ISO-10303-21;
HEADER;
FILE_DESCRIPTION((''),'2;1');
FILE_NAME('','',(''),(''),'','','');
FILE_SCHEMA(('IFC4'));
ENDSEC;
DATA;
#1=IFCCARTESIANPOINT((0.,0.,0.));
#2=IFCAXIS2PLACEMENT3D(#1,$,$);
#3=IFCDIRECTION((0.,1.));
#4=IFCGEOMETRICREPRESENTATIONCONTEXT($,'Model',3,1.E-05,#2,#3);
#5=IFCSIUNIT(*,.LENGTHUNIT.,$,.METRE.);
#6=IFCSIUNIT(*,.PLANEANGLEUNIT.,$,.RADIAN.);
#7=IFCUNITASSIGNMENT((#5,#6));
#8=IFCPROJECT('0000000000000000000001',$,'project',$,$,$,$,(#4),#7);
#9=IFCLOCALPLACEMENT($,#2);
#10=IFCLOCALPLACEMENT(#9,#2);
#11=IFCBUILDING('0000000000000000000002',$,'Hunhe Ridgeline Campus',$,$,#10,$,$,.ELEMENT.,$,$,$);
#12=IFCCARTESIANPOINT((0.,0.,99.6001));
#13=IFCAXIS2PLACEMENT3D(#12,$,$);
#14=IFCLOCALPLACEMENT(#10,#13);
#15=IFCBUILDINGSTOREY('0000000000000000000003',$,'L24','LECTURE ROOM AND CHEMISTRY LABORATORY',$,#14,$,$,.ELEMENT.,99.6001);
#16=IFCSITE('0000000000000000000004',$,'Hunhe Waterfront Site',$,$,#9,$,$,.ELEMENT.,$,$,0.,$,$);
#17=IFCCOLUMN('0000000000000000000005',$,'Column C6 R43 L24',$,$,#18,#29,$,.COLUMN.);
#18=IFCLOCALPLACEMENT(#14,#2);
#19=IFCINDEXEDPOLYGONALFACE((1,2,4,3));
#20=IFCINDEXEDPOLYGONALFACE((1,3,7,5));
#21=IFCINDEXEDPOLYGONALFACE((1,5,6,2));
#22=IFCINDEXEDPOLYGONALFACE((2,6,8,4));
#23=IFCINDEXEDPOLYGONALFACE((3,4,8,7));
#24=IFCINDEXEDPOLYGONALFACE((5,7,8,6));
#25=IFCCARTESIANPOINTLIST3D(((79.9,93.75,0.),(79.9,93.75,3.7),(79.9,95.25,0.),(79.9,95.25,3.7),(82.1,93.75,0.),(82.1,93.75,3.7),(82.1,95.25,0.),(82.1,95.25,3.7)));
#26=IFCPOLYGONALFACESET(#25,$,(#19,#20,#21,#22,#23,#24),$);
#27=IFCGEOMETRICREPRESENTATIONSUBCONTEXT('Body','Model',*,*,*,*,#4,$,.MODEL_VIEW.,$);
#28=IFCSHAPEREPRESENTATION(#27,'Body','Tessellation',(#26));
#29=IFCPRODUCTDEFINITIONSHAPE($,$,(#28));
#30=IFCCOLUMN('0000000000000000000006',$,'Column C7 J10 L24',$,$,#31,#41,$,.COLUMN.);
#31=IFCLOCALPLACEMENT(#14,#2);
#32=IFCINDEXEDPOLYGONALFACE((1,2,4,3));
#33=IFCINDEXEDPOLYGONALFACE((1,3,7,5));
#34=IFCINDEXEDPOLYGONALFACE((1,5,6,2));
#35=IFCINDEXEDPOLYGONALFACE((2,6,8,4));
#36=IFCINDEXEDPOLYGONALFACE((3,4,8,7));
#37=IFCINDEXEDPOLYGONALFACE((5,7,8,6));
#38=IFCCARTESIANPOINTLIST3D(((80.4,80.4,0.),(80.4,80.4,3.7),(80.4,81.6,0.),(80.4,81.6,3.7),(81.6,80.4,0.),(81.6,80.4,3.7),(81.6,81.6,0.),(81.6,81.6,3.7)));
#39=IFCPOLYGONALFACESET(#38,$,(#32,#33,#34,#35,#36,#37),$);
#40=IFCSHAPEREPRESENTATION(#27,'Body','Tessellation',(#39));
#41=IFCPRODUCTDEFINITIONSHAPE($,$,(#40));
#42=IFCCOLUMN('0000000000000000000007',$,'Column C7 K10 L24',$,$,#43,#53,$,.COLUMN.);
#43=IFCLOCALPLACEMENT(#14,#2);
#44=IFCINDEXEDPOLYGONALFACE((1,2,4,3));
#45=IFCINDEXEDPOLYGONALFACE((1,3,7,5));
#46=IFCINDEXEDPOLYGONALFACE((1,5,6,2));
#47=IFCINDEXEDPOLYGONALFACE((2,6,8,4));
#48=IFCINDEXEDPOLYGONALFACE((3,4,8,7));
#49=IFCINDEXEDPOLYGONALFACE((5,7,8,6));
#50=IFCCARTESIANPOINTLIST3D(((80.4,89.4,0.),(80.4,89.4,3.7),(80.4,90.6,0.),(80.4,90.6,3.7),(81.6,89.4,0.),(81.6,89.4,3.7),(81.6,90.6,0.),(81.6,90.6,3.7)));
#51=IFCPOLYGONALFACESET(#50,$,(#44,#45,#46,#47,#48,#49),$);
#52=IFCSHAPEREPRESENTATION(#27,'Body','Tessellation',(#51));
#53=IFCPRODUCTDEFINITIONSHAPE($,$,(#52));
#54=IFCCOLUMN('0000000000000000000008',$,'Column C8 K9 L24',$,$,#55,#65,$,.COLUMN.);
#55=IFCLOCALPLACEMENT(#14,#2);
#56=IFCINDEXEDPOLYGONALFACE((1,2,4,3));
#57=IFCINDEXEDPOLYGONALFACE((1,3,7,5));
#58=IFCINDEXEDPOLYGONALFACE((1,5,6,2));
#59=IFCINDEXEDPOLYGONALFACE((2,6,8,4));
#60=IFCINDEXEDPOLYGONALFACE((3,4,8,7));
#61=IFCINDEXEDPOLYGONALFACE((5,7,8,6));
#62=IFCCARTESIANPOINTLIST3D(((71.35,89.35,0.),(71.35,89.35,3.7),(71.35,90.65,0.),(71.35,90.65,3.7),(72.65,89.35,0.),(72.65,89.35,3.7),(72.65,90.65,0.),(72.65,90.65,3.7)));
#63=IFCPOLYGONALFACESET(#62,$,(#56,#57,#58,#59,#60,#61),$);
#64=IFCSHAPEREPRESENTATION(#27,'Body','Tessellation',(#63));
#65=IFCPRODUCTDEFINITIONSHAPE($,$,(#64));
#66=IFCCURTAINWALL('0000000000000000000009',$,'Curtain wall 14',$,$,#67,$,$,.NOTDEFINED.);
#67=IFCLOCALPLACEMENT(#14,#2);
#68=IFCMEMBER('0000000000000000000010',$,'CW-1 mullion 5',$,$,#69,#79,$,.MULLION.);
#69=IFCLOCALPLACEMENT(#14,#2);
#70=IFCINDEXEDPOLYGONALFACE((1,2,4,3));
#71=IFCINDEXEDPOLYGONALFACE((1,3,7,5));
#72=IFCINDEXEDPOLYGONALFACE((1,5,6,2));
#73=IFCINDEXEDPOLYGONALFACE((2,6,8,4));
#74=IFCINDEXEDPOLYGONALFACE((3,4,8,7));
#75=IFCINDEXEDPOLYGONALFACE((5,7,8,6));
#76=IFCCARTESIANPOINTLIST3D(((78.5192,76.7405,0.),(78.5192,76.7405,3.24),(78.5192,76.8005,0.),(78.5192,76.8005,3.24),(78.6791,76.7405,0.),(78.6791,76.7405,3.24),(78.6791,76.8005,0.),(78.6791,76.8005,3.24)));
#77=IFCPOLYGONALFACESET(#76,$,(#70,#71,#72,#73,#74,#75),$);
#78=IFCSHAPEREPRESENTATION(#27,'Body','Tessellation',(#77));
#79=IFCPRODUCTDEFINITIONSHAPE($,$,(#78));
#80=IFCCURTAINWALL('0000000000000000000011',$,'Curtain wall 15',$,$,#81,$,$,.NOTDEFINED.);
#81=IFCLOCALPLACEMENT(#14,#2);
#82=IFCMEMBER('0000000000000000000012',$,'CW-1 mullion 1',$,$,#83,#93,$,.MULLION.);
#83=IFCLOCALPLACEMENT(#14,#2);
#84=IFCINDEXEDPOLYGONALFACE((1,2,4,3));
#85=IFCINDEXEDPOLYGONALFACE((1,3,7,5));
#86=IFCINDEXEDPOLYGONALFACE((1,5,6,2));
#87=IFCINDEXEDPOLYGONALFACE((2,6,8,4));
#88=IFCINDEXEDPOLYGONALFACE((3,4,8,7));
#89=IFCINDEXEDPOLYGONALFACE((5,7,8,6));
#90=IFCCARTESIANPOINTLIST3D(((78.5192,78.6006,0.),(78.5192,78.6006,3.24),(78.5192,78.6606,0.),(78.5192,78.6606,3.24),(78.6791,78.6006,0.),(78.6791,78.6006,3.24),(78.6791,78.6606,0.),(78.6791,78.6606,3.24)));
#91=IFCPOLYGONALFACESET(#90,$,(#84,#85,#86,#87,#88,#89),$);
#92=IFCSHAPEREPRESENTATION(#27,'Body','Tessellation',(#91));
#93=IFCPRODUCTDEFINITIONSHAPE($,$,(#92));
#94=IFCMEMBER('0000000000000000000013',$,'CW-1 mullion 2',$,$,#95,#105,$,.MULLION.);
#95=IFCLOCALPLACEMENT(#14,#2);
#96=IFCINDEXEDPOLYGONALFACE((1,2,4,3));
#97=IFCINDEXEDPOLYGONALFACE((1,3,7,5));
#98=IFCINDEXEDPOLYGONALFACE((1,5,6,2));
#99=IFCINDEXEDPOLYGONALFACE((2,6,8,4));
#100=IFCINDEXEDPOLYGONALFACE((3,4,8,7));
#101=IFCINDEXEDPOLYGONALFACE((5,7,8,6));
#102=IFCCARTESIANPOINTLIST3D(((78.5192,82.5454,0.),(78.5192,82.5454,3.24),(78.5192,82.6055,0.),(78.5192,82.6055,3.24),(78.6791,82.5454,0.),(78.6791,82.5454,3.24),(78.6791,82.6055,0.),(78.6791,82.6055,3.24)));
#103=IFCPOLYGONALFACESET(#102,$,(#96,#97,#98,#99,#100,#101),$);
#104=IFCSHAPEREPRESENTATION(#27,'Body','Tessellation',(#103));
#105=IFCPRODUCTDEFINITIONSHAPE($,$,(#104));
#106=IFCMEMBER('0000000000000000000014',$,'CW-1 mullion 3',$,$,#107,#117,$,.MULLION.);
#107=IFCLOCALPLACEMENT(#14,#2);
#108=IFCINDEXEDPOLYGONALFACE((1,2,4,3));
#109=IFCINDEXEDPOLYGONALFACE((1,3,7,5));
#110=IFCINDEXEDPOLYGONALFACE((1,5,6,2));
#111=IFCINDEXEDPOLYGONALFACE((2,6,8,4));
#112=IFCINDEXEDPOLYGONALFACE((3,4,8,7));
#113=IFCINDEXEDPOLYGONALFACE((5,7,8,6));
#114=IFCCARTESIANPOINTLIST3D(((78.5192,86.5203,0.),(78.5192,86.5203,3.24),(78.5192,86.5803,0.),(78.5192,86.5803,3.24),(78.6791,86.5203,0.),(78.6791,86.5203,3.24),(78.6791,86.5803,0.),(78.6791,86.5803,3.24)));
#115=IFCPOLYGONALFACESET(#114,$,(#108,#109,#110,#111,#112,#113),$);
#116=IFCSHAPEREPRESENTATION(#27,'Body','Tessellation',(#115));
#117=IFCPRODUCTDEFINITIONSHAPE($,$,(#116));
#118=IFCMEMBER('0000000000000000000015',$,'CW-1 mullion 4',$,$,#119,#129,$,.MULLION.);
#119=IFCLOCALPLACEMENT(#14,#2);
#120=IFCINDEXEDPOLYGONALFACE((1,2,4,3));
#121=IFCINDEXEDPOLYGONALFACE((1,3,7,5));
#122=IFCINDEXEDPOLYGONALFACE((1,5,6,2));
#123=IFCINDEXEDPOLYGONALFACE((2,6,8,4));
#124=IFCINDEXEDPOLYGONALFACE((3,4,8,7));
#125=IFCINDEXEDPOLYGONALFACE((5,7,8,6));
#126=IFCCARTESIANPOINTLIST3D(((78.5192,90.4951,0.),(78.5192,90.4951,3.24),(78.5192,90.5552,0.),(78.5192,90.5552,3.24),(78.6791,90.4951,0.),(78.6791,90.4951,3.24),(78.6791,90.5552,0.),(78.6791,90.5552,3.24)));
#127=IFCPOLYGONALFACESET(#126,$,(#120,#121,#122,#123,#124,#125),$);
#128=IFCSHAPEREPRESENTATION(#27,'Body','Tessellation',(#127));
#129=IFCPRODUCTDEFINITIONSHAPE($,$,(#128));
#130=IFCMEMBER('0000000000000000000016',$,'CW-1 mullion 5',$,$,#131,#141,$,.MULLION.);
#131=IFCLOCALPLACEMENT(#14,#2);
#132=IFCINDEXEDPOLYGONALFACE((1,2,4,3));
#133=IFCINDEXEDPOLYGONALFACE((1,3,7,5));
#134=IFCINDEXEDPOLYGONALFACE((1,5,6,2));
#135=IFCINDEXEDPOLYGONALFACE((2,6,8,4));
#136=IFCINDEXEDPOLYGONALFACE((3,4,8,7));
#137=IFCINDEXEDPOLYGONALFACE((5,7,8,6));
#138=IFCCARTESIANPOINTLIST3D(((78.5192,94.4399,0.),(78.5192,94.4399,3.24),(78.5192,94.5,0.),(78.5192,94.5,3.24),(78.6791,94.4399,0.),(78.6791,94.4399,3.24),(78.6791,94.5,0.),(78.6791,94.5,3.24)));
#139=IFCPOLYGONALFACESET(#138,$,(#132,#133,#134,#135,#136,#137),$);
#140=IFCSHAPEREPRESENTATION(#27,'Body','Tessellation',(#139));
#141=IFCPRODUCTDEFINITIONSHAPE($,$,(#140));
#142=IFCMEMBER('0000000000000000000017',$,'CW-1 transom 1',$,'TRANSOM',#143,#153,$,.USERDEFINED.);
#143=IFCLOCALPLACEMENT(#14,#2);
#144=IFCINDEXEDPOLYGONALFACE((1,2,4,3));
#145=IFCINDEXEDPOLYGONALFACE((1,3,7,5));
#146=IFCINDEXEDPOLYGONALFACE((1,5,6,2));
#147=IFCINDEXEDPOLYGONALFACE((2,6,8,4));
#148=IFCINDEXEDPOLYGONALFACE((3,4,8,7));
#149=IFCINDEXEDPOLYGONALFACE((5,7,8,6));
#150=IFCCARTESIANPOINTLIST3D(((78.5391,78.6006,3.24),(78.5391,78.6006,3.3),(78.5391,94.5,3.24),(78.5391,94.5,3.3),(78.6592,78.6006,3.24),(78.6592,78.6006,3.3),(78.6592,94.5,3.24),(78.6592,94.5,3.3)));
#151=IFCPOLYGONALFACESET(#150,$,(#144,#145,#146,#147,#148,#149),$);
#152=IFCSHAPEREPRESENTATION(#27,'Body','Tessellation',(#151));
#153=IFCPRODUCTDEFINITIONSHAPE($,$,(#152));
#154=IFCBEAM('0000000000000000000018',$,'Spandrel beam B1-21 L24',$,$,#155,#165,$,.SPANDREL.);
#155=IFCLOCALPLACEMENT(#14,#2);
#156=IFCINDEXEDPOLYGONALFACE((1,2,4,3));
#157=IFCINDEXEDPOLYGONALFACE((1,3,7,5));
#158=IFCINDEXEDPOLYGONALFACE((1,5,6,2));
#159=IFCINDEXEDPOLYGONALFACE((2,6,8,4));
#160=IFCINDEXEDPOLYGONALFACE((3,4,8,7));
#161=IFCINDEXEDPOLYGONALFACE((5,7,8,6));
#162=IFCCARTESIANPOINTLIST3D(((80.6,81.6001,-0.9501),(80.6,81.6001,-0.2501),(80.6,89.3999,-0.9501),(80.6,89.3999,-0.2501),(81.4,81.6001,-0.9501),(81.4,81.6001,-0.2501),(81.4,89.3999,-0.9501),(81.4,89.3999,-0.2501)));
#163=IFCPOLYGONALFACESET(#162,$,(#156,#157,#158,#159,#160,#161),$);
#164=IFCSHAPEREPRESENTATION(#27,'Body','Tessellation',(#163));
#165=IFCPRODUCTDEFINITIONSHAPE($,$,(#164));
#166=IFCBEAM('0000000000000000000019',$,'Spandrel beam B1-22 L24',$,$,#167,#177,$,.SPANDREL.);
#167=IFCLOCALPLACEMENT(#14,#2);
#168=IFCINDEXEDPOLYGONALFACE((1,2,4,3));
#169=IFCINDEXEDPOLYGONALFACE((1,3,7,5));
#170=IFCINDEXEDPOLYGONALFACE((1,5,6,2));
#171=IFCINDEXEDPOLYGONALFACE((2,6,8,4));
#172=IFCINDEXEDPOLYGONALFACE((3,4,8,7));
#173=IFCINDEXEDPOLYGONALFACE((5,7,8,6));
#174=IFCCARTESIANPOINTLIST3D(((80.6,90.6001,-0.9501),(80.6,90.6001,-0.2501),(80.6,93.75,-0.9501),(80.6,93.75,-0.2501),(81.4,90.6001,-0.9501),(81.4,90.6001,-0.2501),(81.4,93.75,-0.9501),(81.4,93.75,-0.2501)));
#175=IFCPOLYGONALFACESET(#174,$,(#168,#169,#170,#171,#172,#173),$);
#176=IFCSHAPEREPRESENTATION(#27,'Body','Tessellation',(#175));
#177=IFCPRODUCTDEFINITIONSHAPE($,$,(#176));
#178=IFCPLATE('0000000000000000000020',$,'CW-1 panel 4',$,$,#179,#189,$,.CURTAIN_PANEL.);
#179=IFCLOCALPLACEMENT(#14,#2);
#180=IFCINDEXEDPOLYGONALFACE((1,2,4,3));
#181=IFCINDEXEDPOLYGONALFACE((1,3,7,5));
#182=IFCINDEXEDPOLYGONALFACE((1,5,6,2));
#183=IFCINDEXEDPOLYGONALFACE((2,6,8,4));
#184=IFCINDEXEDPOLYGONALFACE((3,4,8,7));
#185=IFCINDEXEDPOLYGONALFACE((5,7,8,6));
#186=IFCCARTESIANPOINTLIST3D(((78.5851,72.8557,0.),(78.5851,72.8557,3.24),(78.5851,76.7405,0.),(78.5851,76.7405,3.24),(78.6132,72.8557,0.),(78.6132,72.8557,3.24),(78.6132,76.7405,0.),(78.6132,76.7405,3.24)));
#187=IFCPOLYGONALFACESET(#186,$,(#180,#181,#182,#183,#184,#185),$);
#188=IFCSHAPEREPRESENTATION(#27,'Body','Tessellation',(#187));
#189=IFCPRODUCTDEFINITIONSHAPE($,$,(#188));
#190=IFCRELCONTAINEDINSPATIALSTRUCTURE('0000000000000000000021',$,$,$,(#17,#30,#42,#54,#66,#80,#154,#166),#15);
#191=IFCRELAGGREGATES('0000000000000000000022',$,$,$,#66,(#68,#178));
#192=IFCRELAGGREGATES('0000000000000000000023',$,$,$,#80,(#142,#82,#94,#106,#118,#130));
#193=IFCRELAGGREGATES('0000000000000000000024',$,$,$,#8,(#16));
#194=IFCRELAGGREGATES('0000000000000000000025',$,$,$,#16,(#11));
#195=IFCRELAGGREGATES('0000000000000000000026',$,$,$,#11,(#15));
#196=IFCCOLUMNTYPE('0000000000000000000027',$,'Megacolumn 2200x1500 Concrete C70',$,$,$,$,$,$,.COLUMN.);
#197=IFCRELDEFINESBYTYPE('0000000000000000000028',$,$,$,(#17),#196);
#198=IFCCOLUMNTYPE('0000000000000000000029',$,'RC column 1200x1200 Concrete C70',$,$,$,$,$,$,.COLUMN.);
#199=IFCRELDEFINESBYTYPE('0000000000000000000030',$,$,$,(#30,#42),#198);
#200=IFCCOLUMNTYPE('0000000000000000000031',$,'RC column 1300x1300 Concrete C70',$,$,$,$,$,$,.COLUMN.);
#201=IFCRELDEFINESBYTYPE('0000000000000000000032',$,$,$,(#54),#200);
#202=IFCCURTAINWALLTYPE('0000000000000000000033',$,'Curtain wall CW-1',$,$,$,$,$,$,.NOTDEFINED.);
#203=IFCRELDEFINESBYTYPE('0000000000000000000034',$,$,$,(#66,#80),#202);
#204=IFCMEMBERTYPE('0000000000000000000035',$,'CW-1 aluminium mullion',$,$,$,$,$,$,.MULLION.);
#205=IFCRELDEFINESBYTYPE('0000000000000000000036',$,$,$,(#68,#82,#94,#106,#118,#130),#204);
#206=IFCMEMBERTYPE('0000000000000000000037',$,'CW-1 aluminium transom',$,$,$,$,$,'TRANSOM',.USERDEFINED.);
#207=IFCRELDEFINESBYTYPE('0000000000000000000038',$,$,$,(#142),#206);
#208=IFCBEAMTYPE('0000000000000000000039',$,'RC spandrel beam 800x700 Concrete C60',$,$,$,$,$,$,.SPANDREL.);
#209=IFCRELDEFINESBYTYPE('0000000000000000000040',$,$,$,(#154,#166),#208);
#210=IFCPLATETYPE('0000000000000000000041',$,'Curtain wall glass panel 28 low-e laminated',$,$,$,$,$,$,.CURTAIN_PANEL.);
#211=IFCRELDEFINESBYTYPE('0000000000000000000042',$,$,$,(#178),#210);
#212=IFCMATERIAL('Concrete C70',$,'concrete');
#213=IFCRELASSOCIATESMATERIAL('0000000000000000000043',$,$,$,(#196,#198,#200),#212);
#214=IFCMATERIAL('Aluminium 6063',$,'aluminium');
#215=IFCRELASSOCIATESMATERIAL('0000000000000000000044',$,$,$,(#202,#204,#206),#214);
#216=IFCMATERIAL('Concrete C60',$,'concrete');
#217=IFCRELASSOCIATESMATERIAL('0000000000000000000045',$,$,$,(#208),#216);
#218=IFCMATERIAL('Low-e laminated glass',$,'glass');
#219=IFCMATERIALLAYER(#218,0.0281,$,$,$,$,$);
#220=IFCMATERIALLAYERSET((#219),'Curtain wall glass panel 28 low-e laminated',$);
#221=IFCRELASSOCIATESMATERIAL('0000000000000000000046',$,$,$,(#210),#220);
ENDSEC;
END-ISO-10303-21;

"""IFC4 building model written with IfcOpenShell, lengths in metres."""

from ifc_helpers import new_model, si_unit, direction, frame, origin, origin_2d, place, context, subcontext, project, spatial, rectangle, extrude, material, layer, layer_set, material_profile, profile_set, type_object, element, aggregate, save


model = new_model("IFC4")

# Units and contexts
model_context = context("Model", 3, precision=1e-05, world=origin(), true_north=direction((0.0, 1.0)))
body_context = subcontext(model_context, "Body", "Model", "MODEL_VIEW")
ifc_project = project(units=[si_unit("LENGTHUNIT", "METRE"), si_unit("PLANEANGLEUNIT", "RADIAN")], contexts=[model_context])

# Site, building, storey
site_placement = place(None, origin())
site = spatial("IfcSite", under=ifc_project, at=site_placement, Name="Hunhe Waterfront Site", CompositionType="ELEMENT", RefElevation=0.0)
building_placement = place(site_placement, origin())
building = spatial("IfcBuilding", under=site, at=building_placement, Name="Hunhe Ridgeline Campus", CompositionType="ELEMENT")
storey_placement = place(building_placement, frame((0.0, 0.0, 99.6001)))
storey = spatial("IfcBuildingStorey", under=building, at=storey_placement, Name="L24", Description="LECTURE ROOM AND CHEMISTRY LABORATORY", CompositionType="ELEMENT", Elevation=99.6001)

# Columns
ifc_material_1 = material(Name="Concrete C70", Category="concrete")
ifc_material_profile_1 = material_profile(ifc_material_1, rectangle(XDim=2.2, YDim=1.5, at=origin_2d()))
ifc_profile_set_1 = profile_set([ifc_material_profile_1], Name="Concrete C70")
column_type_1 = type_object("IfcColumnType", Name="Megacolumn 2200x1500 Concrete C70", PredefinedType="COLUMN", material=ifc_profile_set_1)
column_1_placement = place(storey_placement, frame((81.0, 94.5, 0.0), z_axis=(0.0, 0.0, 1.0), x_axis=(1.0, 0.0, 0.0)))
element("IfcColumn", 1, at=column_1_placement, inside=storey, type_object=column_type_1, Name="Column C6 R43 L24", PredefinedType="COLUMN", context=body_context, shape_type="SweptSolid", body=[
    extrude(rectangle(XDim=2.2, YDim=1.5, at=origin_2d()), origin(), (0.0, 0.0, 1.0), 3.7),
])
ifc_material_profile_2 = material_profile(ifc_material_1, rectangle(XDim=1.2, YDim=1.2, at=origin_2d()))
ifc_profile_set_2 = profile_set([ifc_material_profile_2], Name="Concrete C70")
column_type_2 = type_object("IfcColumnType", Name="RC column 1200x1200 Concrete C70", PredefinedType="COLUMN", material=ifc_profile_set_2)
for number, where, z_axis, x_axis, name in (
    (2, (81.0, 81.0, 0.0), (0.0, 0.0, 1.0), (1.0, 0.0, 0.0), "Column C7 J10 L24"),
    (3, (81.0, 90.0, 0.0), (0.0, 0.0, 1.0), (1.0, 0.0, 0.0), "Column C7 K10 L24"),
):
    element("IfcColumn", number, at=place(storey_placement, frame(where, z_axis=z_axis, x_axis=x_axis)), inside=storey, type_object=column_type_2, Name=name, PredefinedType="COLUMN", context=body_context, shape_type="SweptSolid", body=[
        extrude(rectangle(XDim=1.2, YDim=1.2, at=origin_2d()), origin(), (0.0, 0.0, 1.0), 3.7),
    ])
ifc_material_profile_3 = material_profile(ifc_material_1, rectangle(XDim=1.3, YDim=1.3, at=origin_2d()))
ifc_profile_set_3 = profile_set([ifc_material_profile_3], Name="Concrete C70")
column_type_3 = type_object("IfcColumnType", Name="RC column 1300x1300 Concrete C70", PredefinedType="COLUMN", material=ifc_profile_set_3)
column_2_placement = place(storey_placement, frame((72.0, 90.0, 0.0), z_axis=(0.0, 0.0, 1.0), x_axis=(1.0, 0.0, 0.0)))
element("IfcColumn", 4, at=column_2_placement, inside=storey, type_object=column_type_3, Name="Column C8 K9 L24", PredefinedType="COLUMN", context=body_context, shape_type="SweptSolid", body=[
    extrude(rectangle(XDim=1.3, YDim=1.3, at=origin_2d()), origin(), (0.0, 0.0, 1.0), 3.7),
])

# Curtain wall, member
ifc_material_2 = material(Name="Aluminium 6063", Category="aluminium")
curtain_wall_type = type_object("IfcCurtainWallType", Name="Curtain wall CW-1", PredefinedType="NOTDEFINED", material=ifc_material_2)
curtain_wall_1_placement = place(storey_placement, origin())
curtain_wall_1 = element("IfcCurtainWall", 5, at=curtain_wall_1_placement, inside=storey, type_object=curtain_wall_type, Name="Curtain wall 14", PredefinedType="NOTDEFINED")
ifc_material_profile_4 = material_profile(ifc_material_2, rectangle(XDim=0.1599, YDim=0.0601, at=origin_2d()))
ifc_profile_set_4 = profile_set([ifc_material_profile_4], Name="Aluminium 6063")
member_type_1 = type_object("IfcMemberType", Name="CW-1 aluminium mullion", PredefinedType="MULLION", material=ifc_profile_set_4)
member_1_placement = place(storey_placement, frame((78.5991, 76.7705, 0.0), z_axis=(0.0, 0.0, 1.0), x_axis=(-1.0, 0.0, 0.0)))
member_1 = element("IfcMember", 6, at=member_1_placement, type_object=member_type_1, Name="CW-1 mullion 5", PredefinedType="MULLION", context=body_context, shape_type="SweptSolid", body=[
    extrude(rectangle(XDim=0.1599, YDim=0.0601, at=origin_2d()), origin(), (0.0, 0.0, 1.0), 3.24),
])

# Curtain wall, members
curtain_wall_2_placement = place(storey_placement, origin())
curtain_wall_2 = element("IfcCurtainWall", 7, at=curtain_wall_2_placement, inside=storey, type_object=curtain_wall_type, Name="Curtain wall 15", PredefinedType="NOTDEFINED")
member_2_placement = place(storey_placement, frame((78.5991, 78.6306, 0.0), z_axis=(0.0, 0.0, 1.0), x_axis=(-1.0, 0.0, 0.0)))
member_2 = element("IfcMember", 8, at=member_2_placement, type_object=member_type_1, Name="CW-1 mullion 1", PredefinedType="MULLION", context=body_context, shape_type="SweptSolid", body=[
    extrude(rectangle(XDim=0.1599, YDim=0.0601, at=origin_2d()), origin(), (0.0, 0.0, 1.0), 3.24),
])
member_3_placement = place(storey_placement, frame((78.5991, 82.5754, 0.0), z_axis=(0.0, 0.0, 1.0), x_axis=(-1.0, 0.0, 0.0)))
member_3 = element("IfcMember", 9, at=member_3_placement, type_object=member_type_1, Name="CW-1 mullion 2", PredefinedType="MULLION", context=body_context, shape_type="SweptSolid", body=[
    extrude(rectangle(XDim=0.1599, YDim=0.0601, at=origin_2d()), origin(), (0.0, 0.0, 1.0), 3.24),
])
member_4_placement = place(storey_placement, frame((78.5991, 86.5503, 0.0), z_axis=(0.0, 0.0, 1.0), x_axis=(-1.0, 0.0, 0.0)))
member_4 = element("IfcMember", 10, at=member_4_placement, type_object=member_type_1, Name="CW-1 mullion 3", PredefinedType="MULLION", context=body_context, shape_type="SweptSolid", body=[
    extrude(rectangle(XDim=0.1599, YDim=0.0601, at=origin_2d()), origin(), (0.0, 0.0, 1.0), 3.24),
])
member_5_placement = place(storey_placement, frame((78.5991, 90.5251, 0.0), z_axis=(0.0, 0.0, 1.0), x_axis=(-1.0, 0.0, 0.0)))
member_5 = element("IfcMember", 11, at=member_5_placement, type_object=member_type_1, Name="CW-1 mullion 4", PredefinedType="MULLION", context=body_context, shape_type="SweptSolid", body=[
    extrude(rectangle(XDim=0.1599, YDim=0.0601, at=origin_2d()), origin(), (0.0, 0.0, 1.0), 3.24),
])
member_6_placement = place(storey_placement, frame((78.5991, 94.47, 0.0), z_axis=(0.0, 0.0, 1.0), x_axis=(-1.0, 0.0, 0.0)))
member_6 = element("IfcMember", 12, at=member_6_placement, type_object=member_type_1, Name="CW-1 mullion 5", PredefinedType="MULLION", context=body_context, shape_type="SweptSolid", body=[
    extrude(rectangle(XDim=0.1599, YDim=0.0601, at=origin_2d()), origin(), (0.0, 0.0, 1.0), 3.24),
])
ifc_material_profile_5 = material_profile(ifc_material_2, rectangle(XDim=0.1201, YDim=0.0601, at=origin_2d()))
ifc_profile_set_5 = profile_set([ifc_material_profile_5], Name="Aluminium 6063")
member_type_2 = type_object("IfcMemberType", Name="CW-1 aluminium transom", ElementType="TRANSOM", PredefinedType="USERDEFINED", material=ifc_profile_set_5)
member_7_placement = place(storey_placement, frame((78.5991, 78.6006, 3.27), z_axis=(0.0, 1.0, 0.0), x_axis=(-1.0, 0.0, 0.0)))
member_7 = element("IfcMember", 13, at=member_7_placement, type_object=member_type_2, Name="CW-1 transom 1", ObjectType="TRANSOM", PredefinedType="USERDEFINED", context=body_context, shape_type="SweptSolid", body=[
    extrude(rectangle(XDim=0.1201, YDim=0.0601, at=origin_2d()), origin(), (0.0, 0.0, 1.0), 15.8994),
])

# Beams
ifc_material_3 = material(Name="Concrete C60", Category="concrete")
ifc_material_profile_6 = material_profile(ifc_material_3, rectangle(XDim=0.8, YDim=0.7, at=origin_2d()))
ifc_profile_set_6 = profile_set([ifc_material_profile_6], Name="Concrete C60")
beam_type = type_object("IfcBeamType", Name="RC spandrel beam 800x700 Concrete C60", PredefinedType="SPANDREL", material=ifc_profile_set_6)
beam_1_placement = place(storey_placement, frame((81.0, 81.6001, -0.6001), z_axis=(0.0, 1.0, 0.0), x_axis=(-1.0, 0.0, 0.0)))
element("IfcBeam", 14, at=beam_1_placement, inside=storey, type_object=beam_type, Name="Spandrel beam B1-21 L24", PredefinedType="SPANDREL", context=body_context, shape_type="SweptSolid", body=[
    extrude(rectangle(XDim=0.8, YDim=0.7, at=origin_2d()), origin(), (0.0, 0.0, 1.0), 7.7998),
])
beam_2_placement = place(storey_placement, frame((81.0, 90.6001, -0.6001), z_axis=(0.0, 1.0, 0.0), x_axis=(-1.0, 0.0, 0.0)))
element("IfcBeam", 15, at=beam_2_placement, inside=storey, type_object=beam_type, Name="Spandrel beam B1-22 L24", PredefinedType="SPANDREL", context=body_context, shape_type="SweptSolid", body=[
    extrude(rectangle(XDim=0.8, YDim=0.7, at=origin_2d()), origin(), (0.0, 0.0, 1.0), 3.1499),
])

# Plate
ifc_material_4 = material(Name="Low-e laminated glass", Category="glass")
ifc_layer_1 = layer(ifc_material_4, 0.0281)
ifc_layer_set_1 = layer_set([ifc_layer_1], Name="Curtain wall glass panel 28 low-e laminated")
plate_type = type_object("IfcPlateType", Name="Curtain wall glass panel 28 low-e laminated", PredefinedType="CURTAIN_PANEL", material=ifc_layer_set_1)
plate_1_placement = place(storey_placement, frame((78.5991, 74.7981, 0.0), z_axis=(0.0, 0.0, 1.0), x_axis=(0.0, 1.0, 0.0)))
plate_1 = element("IfcPlate", 16, at=plate_1_placement, type_object=plate_type, Name="CW-1 panel 4", PredefinedType="CURTAIN_PANEL", context=body_context, shape_type="SweptSolid", body=[
    extrude(rectangle(XDim=3.8848, YDim=0.0281, at=origin_2d()), origin(), (0.0, 0.0, 1.0), 3.24),
])
aggregate(curtain_wall_1, [member_1, plate_1])
aggregate(curtain_wall_2, [member_7, member_2, member_3, member_4, member_5, member_6])

save(model, "model.ifc")
